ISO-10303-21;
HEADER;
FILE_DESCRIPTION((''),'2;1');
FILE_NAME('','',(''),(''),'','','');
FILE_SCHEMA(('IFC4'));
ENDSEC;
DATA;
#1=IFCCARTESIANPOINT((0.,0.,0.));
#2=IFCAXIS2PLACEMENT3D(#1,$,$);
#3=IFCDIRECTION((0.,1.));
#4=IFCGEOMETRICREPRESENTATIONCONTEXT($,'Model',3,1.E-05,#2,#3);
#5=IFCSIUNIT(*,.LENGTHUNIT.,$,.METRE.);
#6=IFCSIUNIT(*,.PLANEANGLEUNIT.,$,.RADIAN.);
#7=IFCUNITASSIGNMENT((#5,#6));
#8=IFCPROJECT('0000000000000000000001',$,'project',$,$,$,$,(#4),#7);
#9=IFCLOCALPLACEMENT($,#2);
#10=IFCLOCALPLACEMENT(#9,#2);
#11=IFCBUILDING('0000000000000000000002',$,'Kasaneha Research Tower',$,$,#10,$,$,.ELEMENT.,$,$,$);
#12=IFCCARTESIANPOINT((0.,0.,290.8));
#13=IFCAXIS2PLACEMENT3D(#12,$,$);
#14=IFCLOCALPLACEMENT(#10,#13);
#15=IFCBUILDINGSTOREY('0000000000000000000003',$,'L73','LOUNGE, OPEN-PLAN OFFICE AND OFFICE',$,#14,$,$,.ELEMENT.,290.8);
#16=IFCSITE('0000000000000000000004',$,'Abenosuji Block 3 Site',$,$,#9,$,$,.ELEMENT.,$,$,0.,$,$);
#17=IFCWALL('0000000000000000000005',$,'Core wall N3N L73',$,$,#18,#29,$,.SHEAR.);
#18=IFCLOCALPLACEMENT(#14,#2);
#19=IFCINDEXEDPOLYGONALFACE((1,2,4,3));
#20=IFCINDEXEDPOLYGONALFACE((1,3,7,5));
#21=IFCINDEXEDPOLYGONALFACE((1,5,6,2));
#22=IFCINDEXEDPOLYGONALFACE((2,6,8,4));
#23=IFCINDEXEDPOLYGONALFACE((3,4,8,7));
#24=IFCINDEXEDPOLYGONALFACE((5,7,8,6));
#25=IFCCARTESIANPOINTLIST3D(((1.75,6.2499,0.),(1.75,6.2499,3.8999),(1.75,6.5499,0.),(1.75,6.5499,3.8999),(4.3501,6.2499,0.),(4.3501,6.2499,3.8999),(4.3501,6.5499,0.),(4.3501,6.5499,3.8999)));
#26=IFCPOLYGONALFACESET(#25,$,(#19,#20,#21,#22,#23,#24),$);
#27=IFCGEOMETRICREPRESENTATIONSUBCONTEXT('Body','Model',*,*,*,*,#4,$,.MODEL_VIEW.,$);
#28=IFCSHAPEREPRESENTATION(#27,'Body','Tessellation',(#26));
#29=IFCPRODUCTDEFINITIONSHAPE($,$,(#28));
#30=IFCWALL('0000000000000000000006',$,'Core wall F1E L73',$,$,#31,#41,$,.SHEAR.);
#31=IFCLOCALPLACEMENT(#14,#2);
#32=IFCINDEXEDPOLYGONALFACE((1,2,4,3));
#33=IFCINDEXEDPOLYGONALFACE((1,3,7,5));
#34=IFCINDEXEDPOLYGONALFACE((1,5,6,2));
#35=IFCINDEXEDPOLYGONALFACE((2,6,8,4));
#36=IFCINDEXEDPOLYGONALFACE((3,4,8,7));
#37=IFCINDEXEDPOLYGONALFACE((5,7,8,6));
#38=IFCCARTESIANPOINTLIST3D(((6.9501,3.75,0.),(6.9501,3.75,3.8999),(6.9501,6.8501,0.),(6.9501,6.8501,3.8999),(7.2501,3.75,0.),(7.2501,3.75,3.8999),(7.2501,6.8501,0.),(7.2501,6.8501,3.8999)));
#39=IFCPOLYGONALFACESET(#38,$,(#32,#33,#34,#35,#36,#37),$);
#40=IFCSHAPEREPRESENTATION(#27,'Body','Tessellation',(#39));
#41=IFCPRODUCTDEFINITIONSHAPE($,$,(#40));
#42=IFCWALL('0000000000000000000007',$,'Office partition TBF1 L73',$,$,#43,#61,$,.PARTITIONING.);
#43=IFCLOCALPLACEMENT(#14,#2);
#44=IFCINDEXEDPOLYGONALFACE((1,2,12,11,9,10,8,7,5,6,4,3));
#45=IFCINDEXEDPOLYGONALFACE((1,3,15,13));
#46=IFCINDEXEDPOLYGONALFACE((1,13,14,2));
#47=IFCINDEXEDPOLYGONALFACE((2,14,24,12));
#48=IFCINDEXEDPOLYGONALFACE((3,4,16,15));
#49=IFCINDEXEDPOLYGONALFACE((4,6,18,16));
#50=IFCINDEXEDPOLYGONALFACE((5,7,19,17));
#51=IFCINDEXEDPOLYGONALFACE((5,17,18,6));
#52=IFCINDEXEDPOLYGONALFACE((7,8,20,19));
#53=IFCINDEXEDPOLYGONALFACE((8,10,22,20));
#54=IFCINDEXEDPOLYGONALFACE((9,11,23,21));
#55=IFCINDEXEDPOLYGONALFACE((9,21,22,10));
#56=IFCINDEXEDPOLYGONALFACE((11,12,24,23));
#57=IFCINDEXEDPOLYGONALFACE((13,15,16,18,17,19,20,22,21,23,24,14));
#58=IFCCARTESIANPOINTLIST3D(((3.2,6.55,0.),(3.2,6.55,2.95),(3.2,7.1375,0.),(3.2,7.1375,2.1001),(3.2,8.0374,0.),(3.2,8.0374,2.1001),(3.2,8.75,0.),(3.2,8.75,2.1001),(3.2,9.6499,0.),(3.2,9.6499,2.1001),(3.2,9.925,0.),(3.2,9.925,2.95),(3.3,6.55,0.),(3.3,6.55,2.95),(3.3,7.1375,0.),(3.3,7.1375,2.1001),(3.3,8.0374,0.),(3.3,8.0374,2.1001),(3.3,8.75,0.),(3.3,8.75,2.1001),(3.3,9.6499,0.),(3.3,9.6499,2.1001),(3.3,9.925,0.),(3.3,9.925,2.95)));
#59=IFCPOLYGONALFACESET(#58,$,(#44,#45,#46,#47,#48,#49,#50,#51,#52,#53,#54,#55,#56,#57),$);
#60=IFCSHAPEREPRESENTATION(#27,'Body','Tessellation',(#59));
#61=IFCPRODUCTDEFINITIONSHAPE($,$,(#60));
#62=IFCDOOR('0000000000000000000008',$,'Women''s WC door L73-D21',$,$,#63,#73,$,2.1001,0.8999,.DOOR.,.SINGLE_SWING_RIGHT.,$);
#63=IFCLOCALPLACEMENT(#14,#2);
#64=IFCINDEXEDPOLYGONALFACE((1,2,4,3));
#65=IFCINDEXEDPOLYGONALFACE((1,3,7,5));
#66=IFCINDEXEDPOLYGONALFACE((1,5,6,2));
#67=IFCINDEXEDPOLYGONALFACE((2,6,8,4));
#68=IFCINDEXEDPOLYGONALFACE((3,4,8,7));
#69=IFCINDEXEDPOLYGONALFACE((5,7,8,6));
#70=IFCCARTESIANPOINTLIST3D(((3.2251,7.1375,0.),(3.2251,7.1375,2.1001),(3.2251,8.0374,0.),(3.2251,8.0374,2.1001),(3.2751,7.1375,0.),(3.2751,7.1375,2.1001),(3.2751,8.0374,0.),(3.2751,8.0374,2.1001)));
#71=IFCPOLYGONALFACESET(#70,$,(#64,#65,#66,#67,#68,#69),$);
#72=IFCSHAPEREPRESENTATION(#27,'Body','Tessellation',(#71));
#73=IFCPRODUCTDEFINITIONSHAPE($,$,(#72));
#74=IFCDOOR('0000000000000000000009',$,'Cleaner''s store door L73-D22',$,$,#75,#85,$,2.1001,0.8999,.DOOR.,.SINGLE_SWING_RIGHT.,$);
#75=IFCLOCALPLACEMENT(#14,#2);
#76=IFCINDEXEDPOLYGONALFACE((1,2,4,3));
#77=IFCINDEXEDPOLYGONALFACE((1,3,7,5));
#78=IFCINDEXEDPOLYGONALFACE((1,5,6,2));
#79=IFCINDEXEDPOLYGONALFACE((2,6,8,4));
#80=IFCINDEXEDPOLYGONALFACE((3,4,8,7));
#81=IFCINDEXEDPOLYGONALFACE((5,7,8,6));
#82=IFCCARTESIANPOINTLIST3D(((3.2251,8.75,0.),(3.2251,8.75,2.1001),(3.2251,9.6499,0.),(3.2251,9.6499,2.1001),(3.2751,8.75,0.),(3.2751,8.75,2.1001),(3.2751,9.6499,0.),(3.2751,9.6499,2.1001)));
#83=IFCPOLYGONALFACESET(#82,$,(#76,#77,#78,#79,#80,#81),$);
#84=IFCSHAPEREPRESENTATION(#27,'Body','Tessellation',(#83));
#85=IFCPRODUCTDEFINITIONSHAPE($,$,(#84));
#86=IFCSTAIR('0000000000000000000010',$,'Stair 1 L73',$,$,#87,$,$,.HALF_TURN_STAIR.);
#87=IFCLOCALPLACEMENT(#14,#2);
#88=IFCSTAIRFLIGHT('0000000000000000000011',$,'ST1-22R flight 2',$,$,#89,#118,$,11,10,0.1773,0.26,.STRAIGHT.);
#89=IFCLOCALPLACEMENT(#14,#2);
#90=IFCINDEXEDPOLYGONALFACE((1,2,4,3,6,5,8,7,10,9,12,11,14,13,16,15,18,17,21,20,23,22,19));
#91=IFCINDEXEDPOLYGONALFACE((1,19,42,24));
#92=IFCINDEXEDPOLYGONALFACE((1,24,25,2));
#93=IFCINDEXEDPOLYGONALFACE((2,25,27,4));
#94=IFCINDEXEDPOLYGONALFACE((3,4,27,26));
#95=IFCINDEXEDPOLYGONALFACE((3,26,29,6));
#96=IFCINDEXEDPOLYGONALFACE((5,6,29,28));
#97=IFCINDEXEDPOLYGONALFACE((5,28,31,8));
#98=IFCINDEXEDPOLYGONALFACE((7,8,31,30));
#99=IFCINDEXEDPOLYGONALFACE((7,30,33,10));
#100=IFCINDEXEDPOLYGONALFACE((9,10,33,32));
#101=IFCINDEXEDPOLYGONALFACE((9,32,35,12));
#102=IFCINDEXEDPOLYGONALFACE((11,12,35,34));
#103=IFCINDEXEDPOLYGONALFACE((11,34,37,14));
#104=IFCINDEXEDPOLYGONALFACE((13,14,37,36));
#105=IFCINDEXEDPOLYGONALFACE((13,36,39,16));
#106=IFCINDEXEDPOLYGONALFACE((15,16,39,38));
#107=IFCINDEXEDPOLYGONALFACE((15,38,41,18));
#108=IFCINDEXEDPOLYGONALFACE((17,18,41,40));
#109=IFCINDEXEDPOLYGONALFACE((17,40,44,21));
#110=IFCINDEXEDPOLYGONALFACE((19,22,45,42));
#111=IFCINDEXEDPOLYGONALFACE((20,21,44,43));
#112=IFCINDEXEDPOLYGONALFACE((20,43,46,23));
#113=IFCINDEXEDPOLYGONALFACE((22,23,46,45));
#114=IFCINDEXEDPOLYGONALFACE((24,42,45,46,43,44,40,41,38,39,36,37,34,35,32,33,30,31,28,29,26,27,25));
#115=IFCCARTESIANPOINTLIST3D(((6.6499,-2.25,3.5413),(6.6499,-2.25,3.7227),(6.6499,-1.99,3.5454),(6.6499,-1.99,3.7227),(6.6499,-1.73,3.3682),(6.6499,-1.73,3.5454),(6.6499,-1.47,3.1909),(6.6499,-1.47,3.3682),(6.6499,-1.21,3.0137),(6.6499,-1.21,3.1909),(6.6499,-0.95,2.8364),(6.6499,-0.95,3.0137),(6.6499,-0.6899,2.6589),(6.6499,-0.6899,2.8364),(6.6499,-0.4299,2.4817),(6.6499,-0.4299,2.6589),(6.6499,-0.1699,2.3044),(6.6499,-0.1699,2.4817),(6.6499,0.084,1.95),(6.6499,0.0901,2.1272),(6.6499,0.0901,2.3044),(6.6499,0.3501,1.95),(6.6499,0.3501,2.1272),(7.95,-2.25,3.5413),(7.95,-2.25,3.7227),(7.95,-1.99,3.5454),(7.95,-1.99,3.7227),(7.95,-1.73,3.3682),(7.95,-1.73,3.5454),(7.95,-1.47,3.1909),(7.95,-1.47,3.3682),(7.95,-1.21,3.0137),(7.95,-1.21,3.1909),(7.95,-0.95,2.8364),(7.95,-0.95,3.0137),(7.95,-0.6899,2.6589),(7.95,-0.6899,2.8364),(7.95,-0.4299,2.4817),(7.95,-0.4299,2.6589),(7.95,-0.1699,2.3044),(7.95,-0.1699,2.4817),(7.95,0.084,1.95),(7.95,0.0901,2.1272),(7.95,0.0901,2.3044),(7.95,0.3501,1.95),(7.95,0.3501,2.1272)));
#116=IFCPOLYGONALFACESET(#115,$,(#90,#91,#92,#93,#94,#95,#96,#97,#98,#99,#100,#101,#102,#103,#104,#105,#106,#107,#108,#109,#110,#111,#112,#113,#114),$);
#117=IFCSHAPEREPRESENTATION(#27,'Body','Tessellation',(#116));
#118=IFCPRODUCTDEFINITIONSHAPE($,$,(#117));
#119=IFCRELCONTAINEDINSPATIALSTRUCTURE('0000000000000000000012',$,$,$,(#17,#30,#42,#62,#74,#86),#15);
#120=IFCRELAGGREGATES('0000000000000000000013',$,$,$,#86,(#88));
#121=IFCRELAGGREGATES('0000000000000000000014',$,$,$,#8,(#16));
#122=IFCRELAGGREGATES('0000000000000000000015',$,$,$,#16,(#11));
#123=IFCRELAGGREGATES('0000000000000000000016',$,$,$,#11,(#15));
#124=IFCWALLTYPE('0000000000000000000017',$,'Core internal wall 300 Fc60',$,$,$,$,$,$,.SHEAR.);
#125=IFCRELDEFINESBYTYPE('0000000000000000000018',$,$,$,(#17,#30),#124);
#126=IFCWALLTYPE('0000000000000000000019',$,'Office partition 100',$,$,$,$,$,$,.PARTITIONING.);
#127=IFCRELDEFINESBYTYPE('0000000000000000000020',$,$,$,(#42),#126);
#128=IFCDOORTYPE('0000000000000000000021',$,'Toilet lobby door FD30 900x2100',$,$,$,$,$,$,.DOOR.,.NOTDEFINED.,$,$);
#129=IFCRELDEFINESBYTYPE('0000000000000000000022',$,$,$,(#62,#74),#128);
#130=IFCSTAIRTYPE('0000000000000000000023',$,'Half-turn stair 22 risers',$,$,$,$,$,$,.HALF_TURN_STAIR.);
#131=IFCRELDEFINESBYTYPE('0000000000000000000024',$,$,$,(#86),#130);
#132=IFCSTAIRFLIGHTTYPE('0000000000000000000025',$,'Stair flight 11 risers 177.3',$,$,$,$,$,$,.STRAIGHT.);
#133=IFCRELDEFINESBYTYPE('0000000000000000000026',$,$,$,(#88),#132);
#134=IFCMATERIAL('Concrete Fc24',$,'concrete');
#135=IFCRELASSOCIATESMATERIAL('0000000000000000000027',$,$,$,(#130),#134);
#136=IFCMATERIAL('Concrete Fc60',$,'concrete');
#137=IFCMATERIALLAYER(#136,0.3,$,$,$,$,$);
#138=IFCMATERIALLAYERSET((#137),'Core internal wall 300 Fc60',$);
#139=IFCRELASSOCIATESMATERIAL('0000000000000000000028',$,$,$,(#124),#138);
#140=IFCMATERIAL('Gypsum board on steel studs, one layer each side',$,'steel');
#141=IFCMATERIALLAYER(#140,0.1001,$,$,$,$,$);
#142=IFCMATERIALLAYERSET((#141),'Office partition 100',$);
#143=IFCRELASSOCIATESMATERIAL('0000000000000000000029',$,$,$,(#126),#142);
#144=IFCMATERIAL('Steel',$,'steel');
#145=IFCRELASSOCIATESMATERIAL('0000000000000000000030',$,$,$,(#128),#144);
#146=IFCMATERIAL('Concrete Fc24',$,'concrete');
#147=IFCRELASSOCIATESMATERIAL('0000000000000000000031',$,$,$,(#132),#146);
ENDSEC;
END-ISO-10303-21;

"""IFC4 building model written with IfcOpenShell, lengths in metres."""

from ifc_helpers import new_model, si_unit, direction, frame, frame_2d, origin, place, context, subcontext, project, spatial, polyline, rectangle, outline, extrude, material, layer, layer_set, type_object, element, fill, aggregate, save


model = new_model("IFC4")

# Units and contexts
model_context = context("Model", 3, precision=1e-05, world=origin(), true_north=direction((0.0, 1.0)))
body_context = subcontext(model_context, "Body", "Model", "MODEL_VIEW")
ifc_project = project(units=[si_unit("LENGTHUNIT", "METRE"), si_unit("PLANEANGLEUNIT", "RADIAN")], contexts=[model_context])

# Site, building, storey
site_placement = place(None, origin())
site = spatial("IfcSite", under=ifc_project, at=site_placement, Name="Abenosuji Block 3 Site", CompositionType="ELEMENT", RefElevation=0.0)
building_placement = place(site_placement, origin())
building = spatial("IfcBuilding", under=site, at=building_placement, Name="Kasaneha Research Tower", CompositionType="ELEMENT")
storey_placement = place(building_placement, frame((0.0, 0.0, 290.8)))
storey = spatial("IfcBuildingStorey", under=building, at=storey_placement, Name="L73", Description="LOUNGE, OPEN-PLAN OFFICE AND OFFICE", CompositionType="ELEMENT", Elevation=290.8)

# Shared definitions
ifc_material_1 = material(Name="Concrete Fc24", Category="concrete")
stair_type = type_object("IfcStairType", Name="Half-turn stair 22 risers", PredefinedType="HALF_TURN_STAIR", material=ifc_material_1)

# Shared definitions
ifc_material_2 = material(Name="Concrete Fc60", Category="concrete")
ifc_layer_1 = layer(ifc_material_2, 0.3)
ifc_layer_set_1 = layer_set([ifc_layer_1], Name="Core internal wall 300 Fc60")
wall_type_1 = type_object("IfcWallType", Name="Core internal wall 300 Fc60", PredefinedType="SHEAR", material=ifc_layer_set_1)

# Walls
wall_1_placement = place(storey_placement, frame((1.75, 6.3999, 0.0), z_axis=(0.0, 0.0, 1.0), x_axis=(1.0, 0.0, 0.0)))
element("IfcWall", 1, at=wall_1_placement, inside=storey, type_object=wall_type_1, Name="Core wall N3N L73", PredefinedType="SHEAR", context=body_context, shape_type="SweptSolid", body=[
    extrude(rectangle(XDim=2.6001, YDim=0.3, at=frame_2d((1.3, 0.0))), origin(), (0.0, 0.0, 1.0), 3.8999),
])
wall_2_placement = place(storey_placement, frame((7.1001, 3.75, 0.0), z_axis=(0.0, 0.0, 1.0), x_axis=(0.0, 1.0, 0.0)))
element("IfcWall", 2, at=wall_2_placement, inside=storey, type_object=wall_type_1, Name="Core wall F1E L73", PredefinedType="SHEAR", context=body_context, shape_type="SweptSolid", body=[
    extrude(rectangle(XDim=3.1001, YDim=0.3, at=frame_2d((1.55, 0.0))), origin(), (0.0, 0.0, 1.0), 3.8999),
])

# Wall, openings, doors
ifc_material_3 = material(Name="Gypsum board on steel studs, one layer each side", Category="steel")
ifc_layer_2 = layer(ifc_material_3, 0.1001)
ifc_layer_set_2 = layer_set([ifc_layer_2], Name="Office partition 100")
wall_type_2 = type_object("IfcWallType", Name="Office partition 100", PredefinedType="PARTITIONING", material=ifc_layer_set_2)
wall_3_placement = place(storey_placement, frame((3.25, 6.55, 0.0), z_axis=(0.0, 0.0, 1.0), x_axis=(0.0, 1.0, 0.0)))
wall_3 = element("IfcWall", 3, at=wall_3_placement, inside=storey, type_object=wall_type_2, Name="Office partition TBF1 L73", PredefinedType="PARTITIONING", context=body_context, shape_type="SweptSolid", body=[
    extrude(rectangle(XDim=3.375, YDim=0.1001, at=frame_2d((1.6875, 0.0))), origin(), (0.0, 0.0, 1.0), 2.95),
])
opening_1_placement = place(wall_3_placement, frame((0.5874, 0.0, 0.0)))
opening_1 = element("IfcOpeningElement", 4, at=opening_1_placement, cuts=wall_3, PredefinedType="OPENING", context=body_context, shape_type="SweptSolid", body=[
    extrude(rectangle(XDim=0.8999, YDim=2.1001, at=frame_2d((0.45, 1.05))), frame((0.0, 0.0601, 0.0), z_axis=(0.0, -1.0, 0.0), x_axis=(1.0, 0.0, 0.0)), (0.0, 0.0, 1.0), 0.1201),
])
opening_2_placement = place(wall_3_placement, frame((2.2, 0.0, 0.0)))
opening_2 = element("IfcOpeningElement", 5, at=opening_2_placement, cuts=wall_3, PredefinedType="OPENING", context=body_context, shape_type="SweptSolid", body=[
    extrude(rectangle(XDim=0.8999, YDim=2.1001, at=frame_2d((0.45, 1.05))), frame((0.0, 0.0601, 0.0), z_axis=(0.0, -1.0, 0.0), x_axis=(1.0, 0.0, 0.0)), (0.0, 0.0, 1.0), 0.1201),
])
ifc_material_4 = material(Name="Steel", Category="steel")
door_type_1 = type_object("IfcDoorType", Name="Toilet lobby door FD30 900x2100", OperationType="NOTDEFINED", PredefinedType="DOOR", material=ifc_material_4)
door_1_placement = place(opening_1_placement, origin())
door_1 = element("IfcDoor", 6, at=door_1_placement, inside=storey, type_object=door_type_1, Name="Women's WC door L73-D21", OperationType="SINGLE_SWING_RIGHT", OverallHeight=2.1001, OverallWidth=0.8999, PredefinedType="DOOR", context=body_context, shape_type="SweptSolid", body=[
    extrude(rectangle(XDim=0.8999, YDim=2.1001, at=frame_2d((0.45, 1.05))), frame((0.0, 0.0249, 0.0), z_axis=(0.0, -1.0, 0.0), x_axis=(1.0, 0.0, 0.0)), (0.0, 0.0, 1.0), 0.05),
])
fill(opening_1, door_1)
door_2_placement = place(opening_2_placement, origin())
door_2 = element("IfcDoor", 7, at=door_2_placement, inside=storey, type_object=door_type_1, Name="Cleaner's store door L73-D22", OperationType="SINGLE_SWING_RIGHT", OverallHeight=2.1001, OverallWidth=0.8999, PredefinedType="DOOR", context=body_context, shape_type="SweptSolid", body=[
    extrude(rectangle(XDim=0.8999, YDim=2.1001, at=frame_2d((0.45, 1.05))), frame((0.0, 0.0249, 0.0), z_axis=(0.0, -1.0, 0.0), x_axis=(1.0, 0.0, 0.0)), (0.0, 0.0, 1.0), 0.05),
])
fill(opening_2, door_2)

# Stair, stair flight
stair_1_placement = place(storey_placement, origin())
stair_1 = element("IfcStair", 8, at=stair_1_placement, inside=storey, type_object=stair_type, Name="Stair 1 L73", PredefinedType="HALF_TURN_STAIR")
ifc_material_5 = material(Name="Concrete Fc24", Category="concrete")
stair_flight_type = type_object("IfcStairFlightType", Name="Stair flight 11 risers 177.3", PredefinedType="STRAIGHT", material=ifc_material_5)
stair_flight_placement = place(storey_placement, frame((7.3, 0.3501, 1.95), z_axis=(0.0, 0.0, 1.0), x_axis=(0.0, -1.0, 0.0)))
stair_flight = element("IfcStairFlight", 9, at=stair_flight_placement, type_object=stair_flight_type, Name="ST1-22R flight 2", NumberOfRisers=11, NumberOfTreads=10, PredefinedType="STRAIGHT", RiserHeight=0.1773, TreadLength=0.26, context=body_context, shape_type="SweptSolid", body=[
    extrude(outline(polyline([(0.0, 0.0), (0.0, 0.1772), (0.26, 0.1772), (0.26, 0.3545), (0.52, 0.3545), (0.52, 0.5317), (0.78, 0.5317), (0.78, 0.709), (1.04, 0.709), (1.04, 0.8865), (1.3, 0.8865), (1.3, 1.0637), (1.5601, 1.0637), (1.5601, 1.241), (1.8201, 1.241), (1.8201, 1.4182), (2.0801, 1.4182), (2.0801, 1.5955), (2.3401, 1.5955), (2.3401, 1.7727), (2.6001, 1.7727), (2.6001, 1.95), (2.6001, 1.5913), (0.2661, 0.0), (0.0, 0.0)])), frame((0.0, 0.6499, 0.0), z_axis=(0.0, -1.0, 0.0), x_axis=(1.0, 0.0, 0.0)), (0.0, 0.0, 1.0), 1.3),
])
aggregate(stair_1, [stair_flight])

save(model, "model.ifc")
